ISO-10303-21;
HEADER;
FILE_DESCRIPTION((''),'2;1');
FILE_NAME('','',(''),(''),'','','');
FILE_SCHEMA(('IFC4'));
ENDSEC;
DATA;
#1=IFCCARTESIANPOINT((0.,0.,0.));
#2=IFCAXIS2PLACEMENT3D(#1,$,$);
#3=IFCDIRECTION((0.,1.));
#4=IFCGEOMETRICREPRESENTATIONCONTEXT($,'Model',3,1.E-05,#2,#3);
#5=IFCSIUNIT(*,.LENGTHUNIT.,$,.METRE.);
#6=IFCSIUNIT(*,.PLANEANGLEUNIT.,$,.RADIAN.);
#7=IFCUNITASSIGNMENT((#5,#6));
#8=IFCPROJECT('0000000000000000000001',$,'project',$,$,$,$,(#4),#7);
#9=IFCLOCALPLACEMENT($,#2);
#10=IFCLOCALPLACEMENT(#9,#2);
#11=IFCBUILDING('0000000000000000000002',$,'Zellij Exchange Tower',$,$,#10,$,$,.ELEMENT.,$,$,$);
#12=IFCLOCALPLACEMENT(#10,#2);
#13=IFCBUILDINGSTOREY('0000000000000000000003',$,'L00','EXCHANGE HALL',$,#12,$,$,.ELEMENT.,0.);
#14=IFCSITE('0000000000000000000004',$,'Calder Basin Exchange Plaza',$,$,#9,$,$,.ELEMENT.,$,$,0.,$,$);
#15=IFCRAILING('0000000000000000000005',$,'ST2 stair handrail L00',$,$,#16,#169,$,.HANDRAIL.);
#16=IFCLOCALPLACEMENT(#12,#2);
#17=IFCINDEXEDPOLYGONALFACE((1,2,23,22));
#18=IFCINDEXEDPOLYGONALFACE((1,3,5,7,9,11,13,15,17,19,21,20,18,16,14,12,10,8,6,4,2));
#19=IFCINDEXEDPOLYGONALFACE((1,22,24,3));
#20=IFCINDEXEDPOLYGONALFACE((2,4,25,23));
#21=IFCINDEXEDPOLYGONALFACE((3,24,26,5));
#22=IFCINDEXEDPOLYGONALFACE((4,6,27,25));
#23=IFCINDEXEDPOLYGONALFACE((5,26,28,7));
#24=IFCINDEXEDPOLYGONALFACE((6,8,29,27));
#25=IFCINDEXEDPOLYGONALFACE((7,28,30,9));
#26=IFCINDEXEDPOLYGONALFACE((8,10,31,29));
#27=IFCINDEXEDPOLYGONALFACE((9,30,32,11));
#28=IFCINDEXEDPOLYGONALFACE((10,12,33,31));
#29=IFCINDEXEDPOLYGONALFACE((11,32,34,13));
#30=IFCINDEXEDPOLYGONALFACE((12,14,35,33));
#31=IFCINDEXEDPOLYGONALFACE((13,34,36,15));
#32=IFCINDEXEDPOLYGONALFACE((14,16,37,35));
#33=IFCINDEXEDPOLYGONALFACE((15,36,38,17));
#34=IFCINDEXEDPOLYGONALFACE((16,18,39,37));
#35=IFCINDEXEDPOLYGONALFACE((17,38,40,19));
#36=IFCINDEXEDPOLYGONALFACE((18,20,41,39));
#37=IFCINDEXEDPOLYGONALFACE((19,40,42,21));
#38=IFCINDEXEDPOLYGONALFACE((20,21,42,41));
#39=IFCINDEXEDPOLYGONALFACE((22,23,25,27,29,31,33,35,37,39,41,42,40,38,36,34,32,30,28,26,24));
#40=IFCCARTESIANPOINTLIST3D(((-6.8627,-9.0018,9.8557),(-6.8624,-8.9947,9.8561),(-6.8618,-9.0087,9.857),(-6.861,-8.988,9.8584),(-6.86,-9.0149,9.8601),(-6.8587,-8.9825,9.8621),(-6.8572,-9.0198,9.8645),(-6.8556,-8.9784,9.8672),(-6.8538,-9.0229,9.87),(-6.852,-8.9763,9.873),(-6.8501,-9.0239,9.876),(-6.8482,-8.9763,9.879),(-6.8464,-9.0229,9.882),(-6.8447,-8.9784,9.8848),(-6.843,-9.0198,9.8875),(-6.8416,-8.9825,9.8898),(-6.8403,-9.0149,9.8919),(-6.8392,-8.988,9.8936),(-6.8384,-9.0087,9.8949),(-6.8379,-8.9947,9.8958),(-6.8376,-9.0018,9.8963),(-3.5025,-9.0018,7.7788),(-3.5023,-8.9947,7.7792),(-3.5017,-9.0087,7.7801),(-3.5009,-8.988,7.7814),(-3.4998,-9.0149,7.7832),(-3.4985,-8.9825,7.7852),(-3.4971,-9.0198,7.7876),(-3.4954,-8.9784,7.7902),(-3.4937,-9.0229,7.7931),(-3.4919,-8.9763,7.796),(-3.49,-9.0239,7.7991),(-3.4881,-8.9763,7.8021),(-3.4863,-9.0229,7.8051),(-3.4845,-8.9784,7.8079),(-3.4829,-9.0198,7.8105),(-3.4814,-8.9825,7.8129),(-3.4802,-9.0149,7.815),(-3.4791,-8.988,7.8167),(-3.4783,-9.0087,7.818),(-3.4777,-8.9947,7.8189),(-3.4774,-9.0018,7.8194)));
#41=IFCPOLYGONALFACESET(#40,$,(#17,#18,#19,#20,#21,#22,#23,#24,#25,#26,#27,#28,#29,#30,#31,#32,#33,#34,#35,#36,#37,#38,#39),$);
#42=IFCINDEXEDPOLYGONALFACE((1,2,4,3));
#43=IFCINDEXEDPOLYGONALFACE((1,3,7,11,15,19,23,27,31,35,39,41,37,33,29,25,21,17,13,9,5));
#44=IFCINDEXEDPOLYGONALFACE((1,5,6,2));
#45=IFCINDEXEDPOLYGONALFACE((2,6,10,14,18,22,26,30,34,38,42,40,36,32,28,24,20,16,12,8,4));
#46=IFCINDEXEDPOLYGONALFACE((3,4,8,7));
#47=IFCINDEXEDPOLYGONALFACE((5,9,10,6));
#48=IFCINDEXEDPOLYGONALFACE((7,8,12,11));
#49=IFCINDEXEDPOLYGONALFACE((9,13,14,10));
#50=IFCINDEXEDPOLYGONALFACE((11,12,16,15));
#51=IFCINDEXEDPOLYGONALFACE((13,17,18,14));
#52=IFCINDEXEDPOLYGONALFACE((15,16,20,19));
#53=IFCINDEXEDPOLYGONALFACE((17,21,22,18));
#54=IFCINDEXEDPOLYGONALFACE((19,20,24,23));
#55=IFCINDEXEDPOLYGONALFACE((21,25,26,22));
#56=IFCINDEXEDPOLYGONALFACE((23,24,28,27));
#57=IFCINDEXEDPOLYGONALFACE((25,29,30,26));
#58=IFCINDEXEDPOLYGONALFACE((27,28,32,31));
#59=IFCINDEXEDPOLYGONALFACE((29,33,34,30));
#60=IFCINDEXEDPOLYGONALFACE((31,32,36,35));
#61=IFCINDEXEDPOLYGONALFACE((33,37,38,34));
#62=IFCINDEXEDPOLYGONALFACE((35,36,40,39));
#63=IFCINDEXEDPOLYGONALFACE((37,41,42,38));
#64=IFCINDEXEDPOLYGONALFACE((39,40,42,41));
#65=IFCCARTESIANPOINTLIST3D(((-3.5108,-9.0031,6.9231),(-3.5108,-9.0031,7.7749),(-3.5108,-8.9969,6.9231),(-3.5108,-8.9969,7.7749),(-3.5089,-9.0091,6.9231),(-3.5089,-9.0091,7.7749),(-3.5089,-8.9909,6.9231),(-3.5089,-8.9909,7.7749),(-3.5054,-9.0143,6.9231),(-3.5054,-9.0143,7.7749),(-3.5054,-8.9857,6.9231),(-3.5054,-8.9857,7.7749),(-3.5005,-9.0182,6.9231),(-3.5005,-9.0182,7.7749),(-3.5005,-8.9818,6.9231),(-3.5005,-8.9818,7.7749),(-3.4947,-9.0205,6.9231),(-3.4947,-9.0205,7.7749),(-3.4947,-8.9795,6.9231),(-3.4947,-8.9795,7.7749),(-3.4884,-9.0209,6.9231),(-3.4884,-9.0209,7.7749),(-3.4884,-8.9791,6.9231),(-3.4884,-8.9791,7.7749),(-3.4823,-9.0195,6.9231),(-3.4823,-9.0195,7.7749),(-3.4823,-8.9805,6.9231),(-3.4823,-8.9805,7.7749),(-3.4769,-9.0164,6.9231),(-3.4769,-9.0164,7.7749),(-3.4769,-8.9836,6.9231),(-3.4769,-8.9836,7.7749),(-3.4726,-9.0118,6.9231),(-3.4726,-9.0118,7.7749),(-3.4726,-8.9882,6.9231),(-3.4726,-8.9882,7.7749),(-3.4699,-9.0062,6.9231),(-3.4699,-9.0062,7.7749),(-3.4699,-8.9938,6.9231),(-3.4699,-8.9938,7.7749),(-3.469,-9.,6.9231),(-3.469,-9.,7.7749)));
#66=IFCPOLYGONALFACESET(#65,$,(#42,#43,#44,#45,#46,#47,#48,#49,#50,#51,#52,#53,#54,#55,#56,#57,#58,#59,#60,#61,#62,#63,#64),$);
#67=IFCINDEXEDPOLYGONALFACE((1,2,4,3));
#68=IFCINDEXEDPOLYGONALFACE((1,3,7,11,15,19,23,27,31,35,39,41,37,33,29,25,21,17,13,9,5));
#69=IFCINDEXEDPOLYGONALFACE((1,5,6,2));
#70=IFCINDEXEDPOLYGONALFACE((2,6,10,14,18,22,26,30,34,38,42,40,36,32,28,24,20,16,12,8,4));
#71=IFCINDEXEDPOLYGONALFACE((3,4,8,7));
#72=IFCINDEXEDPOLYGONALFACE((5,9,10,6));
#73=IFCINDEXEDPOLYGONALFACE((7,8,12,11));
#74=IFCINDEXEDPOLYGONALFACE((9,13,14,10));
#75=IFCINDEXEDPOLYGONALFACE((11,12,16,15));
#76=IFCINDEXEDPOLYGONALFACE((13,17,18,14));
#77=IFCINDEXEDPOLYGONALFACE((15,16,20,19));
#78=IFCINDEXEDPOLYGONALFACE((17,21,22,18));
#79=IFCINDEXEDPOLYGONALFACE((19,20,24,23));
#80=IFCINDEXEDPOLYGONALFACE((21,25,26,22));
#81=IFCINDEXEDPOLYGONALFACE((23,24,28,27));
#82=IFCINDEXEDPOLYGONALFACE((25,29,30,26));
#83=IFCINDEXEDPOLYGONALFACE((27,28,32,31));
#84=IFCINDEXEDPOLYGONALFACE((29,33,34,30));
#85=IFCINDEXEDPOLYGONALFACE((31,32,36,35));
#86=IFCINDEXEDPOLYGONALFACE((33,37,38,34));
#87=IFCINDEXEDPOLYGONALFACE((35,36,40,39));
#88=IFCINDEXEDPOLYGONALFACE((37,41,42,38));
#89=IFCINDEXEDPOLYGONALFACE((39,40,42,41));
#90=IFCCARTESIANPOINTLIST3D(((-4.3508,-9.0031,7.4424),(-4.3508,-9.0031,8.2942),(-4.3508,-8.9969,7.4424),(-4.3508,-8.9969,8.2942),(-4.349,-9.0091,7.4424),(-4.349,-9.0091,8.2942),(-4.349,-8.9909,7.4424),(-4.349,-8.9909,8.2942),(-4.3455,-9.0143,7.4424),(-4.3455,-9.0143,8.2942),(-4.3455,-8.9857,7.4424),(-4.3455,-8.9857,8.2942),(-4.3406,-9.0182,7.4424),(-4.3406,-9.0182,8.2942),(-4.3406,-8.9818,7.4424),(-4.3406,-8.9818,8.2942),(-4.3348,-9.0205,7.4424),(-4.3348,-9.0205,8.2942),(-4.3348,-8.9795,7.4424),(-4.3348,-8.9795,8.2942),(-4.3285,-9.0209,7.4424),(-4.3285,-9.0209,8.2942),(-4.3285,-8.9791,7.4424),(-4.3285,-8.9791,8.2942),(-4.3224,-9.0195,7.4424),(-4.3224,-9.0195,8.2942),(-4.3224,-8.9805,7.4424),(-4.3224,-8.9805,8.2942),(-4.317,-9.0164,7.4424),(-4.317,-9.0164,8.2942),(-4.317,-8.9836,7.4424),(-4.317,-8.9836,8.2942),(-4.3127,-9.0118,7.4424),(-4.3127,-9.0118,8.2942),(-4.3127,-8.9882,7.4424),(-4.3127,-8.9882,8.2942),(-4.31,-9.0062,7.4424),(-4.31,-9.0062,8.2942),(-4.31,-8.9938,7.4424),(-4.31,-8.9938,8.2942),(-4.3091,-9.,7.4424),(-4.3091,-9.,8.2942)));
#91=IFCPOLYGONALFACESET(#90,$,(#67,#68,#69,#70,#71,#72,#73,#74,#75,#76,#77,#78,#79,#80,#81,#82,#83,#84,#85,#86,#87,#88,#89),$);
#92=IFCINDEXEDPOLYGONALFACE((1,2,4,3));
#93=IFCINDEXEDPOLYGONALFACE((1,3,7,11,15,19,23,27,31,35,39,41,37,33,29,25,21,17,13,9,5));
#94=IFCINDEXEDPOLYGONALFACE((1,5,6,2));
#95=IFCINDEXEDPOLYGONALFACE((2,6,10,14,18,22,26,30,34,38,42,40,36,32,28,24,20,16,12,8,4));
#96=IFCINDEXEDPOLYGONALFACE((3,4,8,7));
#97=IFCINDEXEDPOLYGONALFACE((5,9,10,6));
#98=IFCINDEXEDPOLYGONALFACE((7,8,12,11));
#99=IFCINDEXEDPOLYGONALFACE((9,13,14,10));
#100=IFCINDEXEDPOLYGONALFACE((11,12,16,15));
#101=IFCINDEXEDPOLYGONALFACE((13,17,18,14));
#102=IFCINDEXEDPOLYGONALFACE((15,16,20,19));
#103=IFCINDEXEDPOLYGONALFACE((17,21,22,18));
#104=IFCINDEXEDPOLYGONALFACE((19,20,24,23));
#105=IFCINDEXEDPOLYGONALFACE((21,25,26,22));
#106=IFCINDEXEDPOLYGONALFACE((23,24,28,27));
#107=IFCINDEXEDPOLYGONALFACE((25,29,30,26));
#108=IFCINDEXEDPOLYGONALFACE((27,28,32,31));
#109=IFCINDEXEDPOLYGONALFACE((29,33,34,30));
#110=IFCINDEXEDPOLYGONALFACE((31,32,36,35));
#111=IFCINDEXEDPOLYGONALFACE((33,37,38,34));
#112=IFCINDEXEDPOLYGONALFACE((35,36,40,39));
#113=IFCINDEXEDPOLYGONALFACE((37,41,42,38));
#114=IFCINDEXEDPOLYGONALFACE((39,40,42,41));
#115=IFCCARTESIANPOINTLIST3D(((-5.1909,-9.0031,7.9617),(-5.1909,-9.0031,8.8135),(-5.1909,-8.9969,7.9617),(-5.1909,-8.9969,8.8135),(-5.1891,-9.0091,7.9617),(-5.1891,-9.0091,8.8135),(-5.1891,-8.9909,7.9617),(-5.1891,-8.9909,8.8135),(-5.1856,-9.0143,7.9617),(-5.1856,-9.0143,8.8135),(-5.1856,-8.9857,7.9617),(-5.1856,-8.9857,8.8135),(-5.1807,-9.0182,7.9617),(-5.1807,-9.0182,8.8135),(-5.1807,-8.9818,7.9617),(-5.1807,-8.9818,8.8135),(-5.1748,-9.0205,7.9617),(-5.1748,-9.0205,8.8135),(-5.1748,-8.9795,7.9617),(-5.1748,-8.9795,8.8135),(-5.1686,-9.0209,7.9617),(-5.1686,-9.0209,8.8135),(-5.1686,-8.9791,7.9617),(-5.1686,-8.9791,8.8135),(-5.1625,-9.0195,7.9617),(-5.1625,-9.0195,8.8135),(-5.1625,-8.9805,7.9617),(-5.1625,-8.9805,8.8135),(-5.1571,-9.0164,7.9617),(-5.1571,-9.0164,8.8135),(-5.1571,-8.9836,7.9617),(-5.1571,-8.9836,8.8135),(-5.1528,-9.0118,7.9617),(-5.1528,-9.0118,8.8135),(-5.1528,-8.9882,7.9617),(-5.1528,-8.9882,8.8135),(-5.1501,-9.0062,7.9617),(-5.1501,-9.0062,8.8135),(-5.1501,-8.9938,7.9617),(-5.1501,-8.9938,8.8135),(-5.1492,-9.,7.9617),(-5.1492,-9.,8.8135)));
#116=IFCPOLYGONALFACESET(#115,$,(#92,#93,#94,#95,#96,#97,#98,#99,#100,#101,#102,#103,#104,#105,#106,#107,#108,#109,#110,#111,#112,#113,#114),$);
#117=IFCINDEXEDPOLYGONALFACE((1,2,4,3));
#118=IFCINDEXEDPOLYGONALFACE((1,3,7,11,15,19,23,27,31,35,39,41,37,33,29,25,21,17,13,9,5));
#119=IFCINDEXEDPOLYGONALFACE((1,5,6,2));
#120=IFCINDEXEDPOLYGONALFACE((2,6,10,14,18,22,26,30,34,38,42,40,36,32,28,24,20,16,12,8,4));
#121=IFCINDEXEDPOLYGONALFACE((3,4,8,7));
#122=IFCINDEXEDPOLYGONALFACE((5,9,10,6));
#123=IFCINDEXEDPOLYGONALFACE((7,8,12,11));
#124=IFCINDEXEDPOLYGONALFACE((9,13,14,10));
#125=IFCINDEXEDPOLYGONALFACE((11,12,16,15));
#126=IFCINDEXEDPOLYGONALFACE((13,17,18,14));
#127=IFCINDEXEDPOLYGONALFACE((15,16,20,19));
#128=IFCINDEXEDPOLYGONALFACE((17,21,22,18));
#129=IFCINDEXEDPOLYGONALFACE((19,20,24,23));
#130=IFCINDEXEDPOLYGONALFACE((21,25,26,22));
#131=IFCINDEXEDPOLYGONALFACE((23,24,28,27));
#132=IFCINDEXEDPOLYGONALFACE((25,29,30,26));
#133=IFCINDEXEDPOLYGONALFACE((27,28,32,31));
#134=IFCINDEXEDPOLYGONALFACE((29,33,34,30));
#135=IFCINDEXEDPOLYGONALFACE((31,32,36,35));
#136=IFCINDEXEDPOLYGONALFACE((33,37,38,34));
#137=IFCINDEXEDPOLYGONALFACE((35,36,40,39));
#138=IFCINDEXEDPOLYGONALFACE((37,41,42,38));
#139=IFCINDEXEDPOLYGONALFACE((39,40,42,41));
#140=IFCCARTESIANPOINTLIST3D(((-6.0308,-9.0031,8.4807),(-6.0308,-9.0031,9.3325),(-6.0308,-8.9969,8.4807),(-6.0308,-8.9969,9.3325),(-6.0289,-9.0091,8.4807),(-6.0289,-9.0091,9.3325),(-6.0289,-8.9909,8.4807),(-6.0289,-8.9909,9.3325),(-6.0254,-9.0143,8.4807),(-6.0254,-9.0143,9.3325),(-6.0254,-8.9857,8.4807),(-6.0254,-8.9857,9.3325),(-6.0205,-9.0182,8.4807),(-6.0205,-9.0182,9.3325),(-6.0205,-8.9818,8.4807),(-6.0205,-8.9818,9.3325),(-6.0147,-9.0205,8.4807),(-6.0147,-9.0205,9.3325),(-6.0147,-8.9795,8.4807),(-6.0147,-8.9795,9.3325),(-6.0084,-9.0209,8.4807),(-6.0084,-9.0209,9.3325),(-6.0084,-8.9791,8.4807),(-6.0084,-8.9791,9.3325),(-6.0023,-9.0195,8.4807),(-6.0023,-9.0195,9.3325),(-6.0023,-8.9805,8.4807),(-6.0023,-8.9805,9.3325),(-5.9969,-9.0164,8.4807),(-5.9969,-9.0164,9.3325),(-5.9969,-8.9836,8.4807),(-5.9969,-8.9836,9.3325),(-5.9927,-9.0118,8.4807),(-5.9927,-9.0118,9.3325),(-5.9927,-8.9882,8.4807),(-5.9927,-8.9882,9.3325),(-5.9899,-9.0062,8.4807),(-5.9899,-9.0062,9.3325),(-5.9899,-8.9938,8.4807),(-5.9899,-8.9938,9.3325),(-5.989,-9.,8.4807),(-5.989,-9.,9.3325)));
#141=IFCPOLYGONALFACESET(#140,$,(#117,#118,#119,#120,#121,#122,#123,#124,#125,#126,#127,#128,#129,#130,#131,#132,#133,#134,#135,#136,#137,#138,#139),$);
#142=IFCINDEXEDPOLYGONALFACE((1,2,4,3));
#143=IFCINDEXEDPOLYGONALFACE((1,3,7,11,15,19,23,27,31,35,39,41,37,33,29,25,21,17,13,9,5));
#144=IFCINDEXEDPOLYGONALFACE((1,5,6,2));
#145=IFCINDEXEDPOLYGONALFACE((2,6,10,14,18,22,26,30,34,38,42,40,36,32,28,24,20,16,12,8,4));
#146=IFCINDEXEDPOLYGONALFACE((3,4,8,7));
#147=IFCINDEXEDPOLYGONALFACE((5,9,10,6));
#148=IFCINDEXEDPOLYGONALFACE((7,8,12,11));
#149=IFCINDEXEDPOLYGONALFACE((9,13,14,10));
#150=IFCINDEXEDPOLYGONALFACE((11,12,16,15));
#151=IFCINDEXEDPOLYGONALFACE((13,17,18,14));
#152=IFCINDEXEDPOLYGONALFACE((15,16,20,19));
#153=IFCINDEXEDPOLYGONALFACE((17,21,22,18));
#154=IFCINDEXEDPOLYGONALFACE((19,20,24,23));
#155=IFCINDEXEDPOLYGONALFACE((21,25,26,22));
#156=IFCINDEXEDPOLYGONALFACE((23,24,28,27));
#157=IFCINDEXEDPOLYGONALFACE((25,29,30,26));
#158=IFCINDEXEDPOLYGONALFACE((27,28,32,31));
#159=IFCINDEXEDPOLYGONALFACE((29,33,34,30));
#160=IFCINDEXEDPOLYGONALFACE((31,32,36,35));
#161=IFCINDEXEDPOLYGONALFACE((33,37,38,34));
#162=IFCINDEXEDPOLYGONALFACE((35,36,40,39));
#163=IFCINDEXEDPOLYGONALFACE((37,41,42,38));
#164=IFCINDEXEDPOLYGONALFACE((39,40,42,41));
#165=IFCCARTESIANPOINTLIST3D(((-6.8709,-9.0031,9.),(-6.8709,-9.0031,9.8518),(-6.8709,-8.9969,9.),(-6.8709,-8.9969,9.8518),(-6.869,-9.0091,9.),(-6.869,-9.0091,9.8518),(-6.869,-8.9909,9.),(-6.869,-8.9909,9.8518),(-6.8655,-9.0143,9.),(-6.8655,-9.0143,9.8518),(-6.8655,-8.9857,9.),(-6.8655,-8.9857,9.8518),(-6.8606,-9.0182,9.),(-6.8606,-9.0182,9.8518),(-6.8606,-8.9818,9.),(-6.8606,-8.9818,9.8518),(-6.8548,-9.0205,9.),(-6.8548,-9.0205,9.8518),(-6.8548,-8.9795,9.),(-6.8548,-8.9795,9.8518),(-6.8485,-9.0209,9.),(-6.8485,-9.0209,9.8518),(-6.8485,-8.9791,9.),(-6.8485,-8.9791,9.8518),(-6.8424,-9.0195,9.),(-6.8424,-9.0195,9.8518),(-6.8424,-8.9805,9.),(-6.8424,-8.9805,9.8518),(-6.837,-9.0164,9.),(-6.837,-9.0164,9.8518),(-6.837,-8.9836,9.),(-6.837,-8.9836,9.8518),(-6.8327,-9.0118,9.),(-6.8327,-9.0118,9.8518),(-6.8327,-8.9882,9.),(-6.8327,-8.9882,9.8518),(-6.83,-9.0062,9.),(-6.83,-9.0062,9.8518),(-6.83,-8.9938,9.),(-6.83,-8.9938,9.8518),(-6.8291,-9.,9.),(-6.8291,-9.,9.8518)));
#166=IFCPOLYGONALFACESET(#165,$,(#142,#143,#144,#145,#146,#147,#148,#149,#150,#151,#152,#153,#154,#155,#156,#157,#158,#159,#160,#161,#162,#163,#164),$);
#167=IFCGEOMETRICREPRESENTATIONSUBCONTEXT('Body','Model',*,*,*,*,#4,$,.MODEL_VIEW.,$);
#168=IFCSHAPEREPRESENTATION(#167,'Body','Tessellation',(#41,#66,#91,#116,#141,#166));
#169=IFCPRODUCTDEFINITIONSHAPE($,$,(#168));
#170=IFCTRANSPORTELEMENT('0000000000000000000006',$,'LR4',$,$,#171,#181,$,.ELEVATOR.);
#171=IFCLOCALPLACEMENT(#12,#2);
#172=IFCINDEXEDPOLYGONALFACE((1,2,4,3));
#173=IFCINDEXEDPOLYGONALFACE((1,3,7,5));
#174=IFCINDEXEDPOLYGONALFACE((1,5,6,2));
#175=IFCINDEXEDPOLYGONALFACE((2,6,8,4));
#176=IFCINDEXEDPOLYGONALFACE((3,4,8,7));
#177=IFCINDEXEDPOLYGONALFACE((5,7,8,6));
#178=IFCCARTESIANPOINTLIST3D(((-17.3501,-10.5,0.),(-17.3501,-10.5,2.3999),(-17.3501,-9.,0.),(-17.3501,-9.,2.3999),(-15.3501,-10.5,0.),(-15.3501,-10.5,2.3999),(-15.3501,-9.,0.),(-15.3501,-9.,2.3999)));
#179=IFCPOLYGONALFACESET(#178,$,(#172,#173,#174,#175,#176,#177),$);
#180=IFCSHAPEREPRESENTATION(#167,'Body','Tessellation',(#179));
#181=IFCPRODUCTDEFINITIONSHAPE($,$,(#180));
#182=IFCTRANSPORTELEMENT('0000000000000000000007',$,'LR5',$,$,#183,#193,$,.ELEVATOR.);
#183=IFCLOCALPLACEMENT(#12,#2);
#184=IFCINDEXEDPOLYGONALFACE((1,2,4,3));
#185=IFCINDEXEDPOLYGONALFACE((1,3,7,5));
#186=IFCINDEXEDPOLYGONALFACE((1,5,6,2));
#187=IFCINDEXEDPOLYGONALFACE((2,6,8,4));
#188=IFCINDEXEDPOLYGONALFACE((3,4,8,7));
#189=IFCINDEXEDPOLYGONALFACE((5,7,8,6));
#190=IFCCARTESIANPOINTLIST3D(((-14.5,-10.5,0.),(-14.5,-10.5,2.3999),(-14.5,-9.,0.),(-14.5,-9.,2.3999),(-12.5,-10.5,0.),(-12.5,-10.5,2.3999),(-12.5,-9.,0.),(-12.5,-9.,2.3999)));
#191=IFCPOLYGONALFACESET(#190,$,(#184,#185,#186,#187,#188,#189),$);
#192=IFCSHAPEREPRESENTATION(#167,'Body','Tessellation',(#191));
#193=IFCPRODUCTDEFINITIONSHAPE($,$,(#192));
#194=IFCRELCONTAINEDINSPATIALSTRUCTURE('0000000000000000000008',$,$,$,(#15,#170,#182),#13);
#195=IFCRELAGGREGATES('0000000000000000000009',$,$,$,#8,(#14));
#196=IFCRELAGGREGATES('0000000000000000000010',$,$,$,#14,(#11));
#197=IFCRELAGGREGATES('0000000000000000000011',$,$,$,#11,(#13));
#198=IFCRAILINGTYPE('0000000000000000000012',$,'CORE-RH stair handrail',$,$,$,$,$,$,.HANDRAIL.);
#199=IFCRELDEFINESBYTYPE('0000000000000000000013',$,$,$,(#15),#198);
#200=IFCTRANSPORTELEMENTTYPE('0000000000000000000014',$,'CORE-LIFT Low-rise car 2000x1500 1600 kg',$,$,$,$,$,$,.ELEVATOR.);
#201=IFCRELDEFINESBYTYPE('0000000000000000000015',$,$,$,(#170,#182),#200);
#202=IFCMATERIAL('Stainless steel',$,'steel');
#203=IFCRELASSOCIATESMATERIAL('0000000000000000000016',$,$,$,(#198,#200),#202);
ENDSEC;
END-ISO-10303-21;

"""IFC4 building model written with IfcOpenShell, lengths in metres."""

from ifc_helpers import new_model, si_unit, direction, frame, origin, origin_2d, place, context, subcontext, project, spatial, rectangle, circle, extrude, material, type_object, element, save


model = new_model("IFC4")

# Units and contexts
model_context = context("Model", 3, precision=1e-05, world=origin(), true_north=direction((0.0, 1.0)))
body_context = subcontext(model_context, "Body", "Model", "MODEL_VIEW")
ifc_project = project(units=[si_unit("LENGTHUNIT", "METRE"), si_unit("PLANEANGLEUNIT", "RADIAN")], contexts=[model_context])

# Site, building, storey
site_placement = place(None, origin())
site = spatial("IfcSite", under=ifc_project, at=site_placement, Name="Calder Basin Exchange Plaza", CompositionType="ELEMENT", RefElevation=0.0)
building_placement = place(site_placement, origin())
building = spatial("IfcBuilding", under=site, at=building_placement, Name="Zellij Exchange Tower", CompositionType="ELEMENT")
storey_placement = place(building_placement, origin())
storey = spatial("IfcBuildingStorey", under=building, at=storey_placement, Name="L00", Description="EXCHANGE HALL", CompositionType="ELEMENT", Elevation=0.0)

# Railing
ifc_material_1 = material(Name="Stainless steel", Category="steel")
railing_type_1 = type_object("IfcRailingType", Name="CORE-RH stair handrail", PredefinedType="HANDRAIL", material=ifc_material_1)
railing_1_placement = place(storey_placement, frame((-3.49, -9.0, 6.9231)))
element("IfcRailing", 1, at=railing_1_placement, inside=storey, type_object=railing_type_1, Name="ST2 stair handrail L00", PredefinedType="HANDRAIL", context=body_context, shape_type="SweptSolid", body=[
    extrude(circle(Radius=0.0239, at=origin_2d()), frame((0.0, 0.0, 0.876), z_axis=(-0.850623, 0.0, 0.525776), x_axis=(0.0, -1.0, 0.0)), (0.0, 0.0, 1.0), 3.9502),
    extrude(circle(Radius=0.021, at=origin_2d()), origin(), (0.0, 0.0, 1.0), 0.8518),
    extrude(circle(Radius=0.021, at=origin_2d()), frame((-0.8401, 0.0, 0.5193)), (0.0, 0.0, 1.0), 0.8518),
    extrude(circle(Radius=0.021, at=origin_2d()), frame((-1.6802, 0.0, 1.0386)), (0.0, 0.0, 1.0), 0.8518),
    extrude(circle(Radius=0.021, at=origin_2d()), frame((-2.52, 0.0, 1.5576)), (0.0, 0.0, 1.0), 0.8518),
    extrude(circle(Radius=0.021, at=origin_2d()), frame((-3.3601, 0.0, 2.0769)), (0.0, 0.0, 1.0), 0.8518),
])

# Transport elements
transport_element_type = type_object("IfcTransportElementType", Name="CORE-LIFT Low-rise car 2000x1500 1600 kg", PredefinedType="ELEVATOR", material=ifc_material_1)
for number, where, z_axis, x_axis, name in (
    (2, (-16.3501, -9.75, 0.0), (0.0, 0.0, 1.0), (1.0, 0.0, 0.0), "LR4"),
    (3, (-13.5, -9.75, 0.0), (0.0, 0.0, 1.0), (1.0, 0.0, 0.0), "LR5"),
):
    element("IfcTransportElement", number, at=place(storey_placement, frame(where, z_axis=z_axis, x_axis=x_axis)), inside=storey, type_object=transport_element_type, Name=name, PredefinedType="ELEVATOR", context=body_context, shape_type="SweptSolid", body=[
        extrude(rectangle(XDim=2.0, YDim=1.5, at=origin_2d()), origin(), (0.0, 0.0, 1.0), 2.3999),
    ])

save(model, "model.ifc")
